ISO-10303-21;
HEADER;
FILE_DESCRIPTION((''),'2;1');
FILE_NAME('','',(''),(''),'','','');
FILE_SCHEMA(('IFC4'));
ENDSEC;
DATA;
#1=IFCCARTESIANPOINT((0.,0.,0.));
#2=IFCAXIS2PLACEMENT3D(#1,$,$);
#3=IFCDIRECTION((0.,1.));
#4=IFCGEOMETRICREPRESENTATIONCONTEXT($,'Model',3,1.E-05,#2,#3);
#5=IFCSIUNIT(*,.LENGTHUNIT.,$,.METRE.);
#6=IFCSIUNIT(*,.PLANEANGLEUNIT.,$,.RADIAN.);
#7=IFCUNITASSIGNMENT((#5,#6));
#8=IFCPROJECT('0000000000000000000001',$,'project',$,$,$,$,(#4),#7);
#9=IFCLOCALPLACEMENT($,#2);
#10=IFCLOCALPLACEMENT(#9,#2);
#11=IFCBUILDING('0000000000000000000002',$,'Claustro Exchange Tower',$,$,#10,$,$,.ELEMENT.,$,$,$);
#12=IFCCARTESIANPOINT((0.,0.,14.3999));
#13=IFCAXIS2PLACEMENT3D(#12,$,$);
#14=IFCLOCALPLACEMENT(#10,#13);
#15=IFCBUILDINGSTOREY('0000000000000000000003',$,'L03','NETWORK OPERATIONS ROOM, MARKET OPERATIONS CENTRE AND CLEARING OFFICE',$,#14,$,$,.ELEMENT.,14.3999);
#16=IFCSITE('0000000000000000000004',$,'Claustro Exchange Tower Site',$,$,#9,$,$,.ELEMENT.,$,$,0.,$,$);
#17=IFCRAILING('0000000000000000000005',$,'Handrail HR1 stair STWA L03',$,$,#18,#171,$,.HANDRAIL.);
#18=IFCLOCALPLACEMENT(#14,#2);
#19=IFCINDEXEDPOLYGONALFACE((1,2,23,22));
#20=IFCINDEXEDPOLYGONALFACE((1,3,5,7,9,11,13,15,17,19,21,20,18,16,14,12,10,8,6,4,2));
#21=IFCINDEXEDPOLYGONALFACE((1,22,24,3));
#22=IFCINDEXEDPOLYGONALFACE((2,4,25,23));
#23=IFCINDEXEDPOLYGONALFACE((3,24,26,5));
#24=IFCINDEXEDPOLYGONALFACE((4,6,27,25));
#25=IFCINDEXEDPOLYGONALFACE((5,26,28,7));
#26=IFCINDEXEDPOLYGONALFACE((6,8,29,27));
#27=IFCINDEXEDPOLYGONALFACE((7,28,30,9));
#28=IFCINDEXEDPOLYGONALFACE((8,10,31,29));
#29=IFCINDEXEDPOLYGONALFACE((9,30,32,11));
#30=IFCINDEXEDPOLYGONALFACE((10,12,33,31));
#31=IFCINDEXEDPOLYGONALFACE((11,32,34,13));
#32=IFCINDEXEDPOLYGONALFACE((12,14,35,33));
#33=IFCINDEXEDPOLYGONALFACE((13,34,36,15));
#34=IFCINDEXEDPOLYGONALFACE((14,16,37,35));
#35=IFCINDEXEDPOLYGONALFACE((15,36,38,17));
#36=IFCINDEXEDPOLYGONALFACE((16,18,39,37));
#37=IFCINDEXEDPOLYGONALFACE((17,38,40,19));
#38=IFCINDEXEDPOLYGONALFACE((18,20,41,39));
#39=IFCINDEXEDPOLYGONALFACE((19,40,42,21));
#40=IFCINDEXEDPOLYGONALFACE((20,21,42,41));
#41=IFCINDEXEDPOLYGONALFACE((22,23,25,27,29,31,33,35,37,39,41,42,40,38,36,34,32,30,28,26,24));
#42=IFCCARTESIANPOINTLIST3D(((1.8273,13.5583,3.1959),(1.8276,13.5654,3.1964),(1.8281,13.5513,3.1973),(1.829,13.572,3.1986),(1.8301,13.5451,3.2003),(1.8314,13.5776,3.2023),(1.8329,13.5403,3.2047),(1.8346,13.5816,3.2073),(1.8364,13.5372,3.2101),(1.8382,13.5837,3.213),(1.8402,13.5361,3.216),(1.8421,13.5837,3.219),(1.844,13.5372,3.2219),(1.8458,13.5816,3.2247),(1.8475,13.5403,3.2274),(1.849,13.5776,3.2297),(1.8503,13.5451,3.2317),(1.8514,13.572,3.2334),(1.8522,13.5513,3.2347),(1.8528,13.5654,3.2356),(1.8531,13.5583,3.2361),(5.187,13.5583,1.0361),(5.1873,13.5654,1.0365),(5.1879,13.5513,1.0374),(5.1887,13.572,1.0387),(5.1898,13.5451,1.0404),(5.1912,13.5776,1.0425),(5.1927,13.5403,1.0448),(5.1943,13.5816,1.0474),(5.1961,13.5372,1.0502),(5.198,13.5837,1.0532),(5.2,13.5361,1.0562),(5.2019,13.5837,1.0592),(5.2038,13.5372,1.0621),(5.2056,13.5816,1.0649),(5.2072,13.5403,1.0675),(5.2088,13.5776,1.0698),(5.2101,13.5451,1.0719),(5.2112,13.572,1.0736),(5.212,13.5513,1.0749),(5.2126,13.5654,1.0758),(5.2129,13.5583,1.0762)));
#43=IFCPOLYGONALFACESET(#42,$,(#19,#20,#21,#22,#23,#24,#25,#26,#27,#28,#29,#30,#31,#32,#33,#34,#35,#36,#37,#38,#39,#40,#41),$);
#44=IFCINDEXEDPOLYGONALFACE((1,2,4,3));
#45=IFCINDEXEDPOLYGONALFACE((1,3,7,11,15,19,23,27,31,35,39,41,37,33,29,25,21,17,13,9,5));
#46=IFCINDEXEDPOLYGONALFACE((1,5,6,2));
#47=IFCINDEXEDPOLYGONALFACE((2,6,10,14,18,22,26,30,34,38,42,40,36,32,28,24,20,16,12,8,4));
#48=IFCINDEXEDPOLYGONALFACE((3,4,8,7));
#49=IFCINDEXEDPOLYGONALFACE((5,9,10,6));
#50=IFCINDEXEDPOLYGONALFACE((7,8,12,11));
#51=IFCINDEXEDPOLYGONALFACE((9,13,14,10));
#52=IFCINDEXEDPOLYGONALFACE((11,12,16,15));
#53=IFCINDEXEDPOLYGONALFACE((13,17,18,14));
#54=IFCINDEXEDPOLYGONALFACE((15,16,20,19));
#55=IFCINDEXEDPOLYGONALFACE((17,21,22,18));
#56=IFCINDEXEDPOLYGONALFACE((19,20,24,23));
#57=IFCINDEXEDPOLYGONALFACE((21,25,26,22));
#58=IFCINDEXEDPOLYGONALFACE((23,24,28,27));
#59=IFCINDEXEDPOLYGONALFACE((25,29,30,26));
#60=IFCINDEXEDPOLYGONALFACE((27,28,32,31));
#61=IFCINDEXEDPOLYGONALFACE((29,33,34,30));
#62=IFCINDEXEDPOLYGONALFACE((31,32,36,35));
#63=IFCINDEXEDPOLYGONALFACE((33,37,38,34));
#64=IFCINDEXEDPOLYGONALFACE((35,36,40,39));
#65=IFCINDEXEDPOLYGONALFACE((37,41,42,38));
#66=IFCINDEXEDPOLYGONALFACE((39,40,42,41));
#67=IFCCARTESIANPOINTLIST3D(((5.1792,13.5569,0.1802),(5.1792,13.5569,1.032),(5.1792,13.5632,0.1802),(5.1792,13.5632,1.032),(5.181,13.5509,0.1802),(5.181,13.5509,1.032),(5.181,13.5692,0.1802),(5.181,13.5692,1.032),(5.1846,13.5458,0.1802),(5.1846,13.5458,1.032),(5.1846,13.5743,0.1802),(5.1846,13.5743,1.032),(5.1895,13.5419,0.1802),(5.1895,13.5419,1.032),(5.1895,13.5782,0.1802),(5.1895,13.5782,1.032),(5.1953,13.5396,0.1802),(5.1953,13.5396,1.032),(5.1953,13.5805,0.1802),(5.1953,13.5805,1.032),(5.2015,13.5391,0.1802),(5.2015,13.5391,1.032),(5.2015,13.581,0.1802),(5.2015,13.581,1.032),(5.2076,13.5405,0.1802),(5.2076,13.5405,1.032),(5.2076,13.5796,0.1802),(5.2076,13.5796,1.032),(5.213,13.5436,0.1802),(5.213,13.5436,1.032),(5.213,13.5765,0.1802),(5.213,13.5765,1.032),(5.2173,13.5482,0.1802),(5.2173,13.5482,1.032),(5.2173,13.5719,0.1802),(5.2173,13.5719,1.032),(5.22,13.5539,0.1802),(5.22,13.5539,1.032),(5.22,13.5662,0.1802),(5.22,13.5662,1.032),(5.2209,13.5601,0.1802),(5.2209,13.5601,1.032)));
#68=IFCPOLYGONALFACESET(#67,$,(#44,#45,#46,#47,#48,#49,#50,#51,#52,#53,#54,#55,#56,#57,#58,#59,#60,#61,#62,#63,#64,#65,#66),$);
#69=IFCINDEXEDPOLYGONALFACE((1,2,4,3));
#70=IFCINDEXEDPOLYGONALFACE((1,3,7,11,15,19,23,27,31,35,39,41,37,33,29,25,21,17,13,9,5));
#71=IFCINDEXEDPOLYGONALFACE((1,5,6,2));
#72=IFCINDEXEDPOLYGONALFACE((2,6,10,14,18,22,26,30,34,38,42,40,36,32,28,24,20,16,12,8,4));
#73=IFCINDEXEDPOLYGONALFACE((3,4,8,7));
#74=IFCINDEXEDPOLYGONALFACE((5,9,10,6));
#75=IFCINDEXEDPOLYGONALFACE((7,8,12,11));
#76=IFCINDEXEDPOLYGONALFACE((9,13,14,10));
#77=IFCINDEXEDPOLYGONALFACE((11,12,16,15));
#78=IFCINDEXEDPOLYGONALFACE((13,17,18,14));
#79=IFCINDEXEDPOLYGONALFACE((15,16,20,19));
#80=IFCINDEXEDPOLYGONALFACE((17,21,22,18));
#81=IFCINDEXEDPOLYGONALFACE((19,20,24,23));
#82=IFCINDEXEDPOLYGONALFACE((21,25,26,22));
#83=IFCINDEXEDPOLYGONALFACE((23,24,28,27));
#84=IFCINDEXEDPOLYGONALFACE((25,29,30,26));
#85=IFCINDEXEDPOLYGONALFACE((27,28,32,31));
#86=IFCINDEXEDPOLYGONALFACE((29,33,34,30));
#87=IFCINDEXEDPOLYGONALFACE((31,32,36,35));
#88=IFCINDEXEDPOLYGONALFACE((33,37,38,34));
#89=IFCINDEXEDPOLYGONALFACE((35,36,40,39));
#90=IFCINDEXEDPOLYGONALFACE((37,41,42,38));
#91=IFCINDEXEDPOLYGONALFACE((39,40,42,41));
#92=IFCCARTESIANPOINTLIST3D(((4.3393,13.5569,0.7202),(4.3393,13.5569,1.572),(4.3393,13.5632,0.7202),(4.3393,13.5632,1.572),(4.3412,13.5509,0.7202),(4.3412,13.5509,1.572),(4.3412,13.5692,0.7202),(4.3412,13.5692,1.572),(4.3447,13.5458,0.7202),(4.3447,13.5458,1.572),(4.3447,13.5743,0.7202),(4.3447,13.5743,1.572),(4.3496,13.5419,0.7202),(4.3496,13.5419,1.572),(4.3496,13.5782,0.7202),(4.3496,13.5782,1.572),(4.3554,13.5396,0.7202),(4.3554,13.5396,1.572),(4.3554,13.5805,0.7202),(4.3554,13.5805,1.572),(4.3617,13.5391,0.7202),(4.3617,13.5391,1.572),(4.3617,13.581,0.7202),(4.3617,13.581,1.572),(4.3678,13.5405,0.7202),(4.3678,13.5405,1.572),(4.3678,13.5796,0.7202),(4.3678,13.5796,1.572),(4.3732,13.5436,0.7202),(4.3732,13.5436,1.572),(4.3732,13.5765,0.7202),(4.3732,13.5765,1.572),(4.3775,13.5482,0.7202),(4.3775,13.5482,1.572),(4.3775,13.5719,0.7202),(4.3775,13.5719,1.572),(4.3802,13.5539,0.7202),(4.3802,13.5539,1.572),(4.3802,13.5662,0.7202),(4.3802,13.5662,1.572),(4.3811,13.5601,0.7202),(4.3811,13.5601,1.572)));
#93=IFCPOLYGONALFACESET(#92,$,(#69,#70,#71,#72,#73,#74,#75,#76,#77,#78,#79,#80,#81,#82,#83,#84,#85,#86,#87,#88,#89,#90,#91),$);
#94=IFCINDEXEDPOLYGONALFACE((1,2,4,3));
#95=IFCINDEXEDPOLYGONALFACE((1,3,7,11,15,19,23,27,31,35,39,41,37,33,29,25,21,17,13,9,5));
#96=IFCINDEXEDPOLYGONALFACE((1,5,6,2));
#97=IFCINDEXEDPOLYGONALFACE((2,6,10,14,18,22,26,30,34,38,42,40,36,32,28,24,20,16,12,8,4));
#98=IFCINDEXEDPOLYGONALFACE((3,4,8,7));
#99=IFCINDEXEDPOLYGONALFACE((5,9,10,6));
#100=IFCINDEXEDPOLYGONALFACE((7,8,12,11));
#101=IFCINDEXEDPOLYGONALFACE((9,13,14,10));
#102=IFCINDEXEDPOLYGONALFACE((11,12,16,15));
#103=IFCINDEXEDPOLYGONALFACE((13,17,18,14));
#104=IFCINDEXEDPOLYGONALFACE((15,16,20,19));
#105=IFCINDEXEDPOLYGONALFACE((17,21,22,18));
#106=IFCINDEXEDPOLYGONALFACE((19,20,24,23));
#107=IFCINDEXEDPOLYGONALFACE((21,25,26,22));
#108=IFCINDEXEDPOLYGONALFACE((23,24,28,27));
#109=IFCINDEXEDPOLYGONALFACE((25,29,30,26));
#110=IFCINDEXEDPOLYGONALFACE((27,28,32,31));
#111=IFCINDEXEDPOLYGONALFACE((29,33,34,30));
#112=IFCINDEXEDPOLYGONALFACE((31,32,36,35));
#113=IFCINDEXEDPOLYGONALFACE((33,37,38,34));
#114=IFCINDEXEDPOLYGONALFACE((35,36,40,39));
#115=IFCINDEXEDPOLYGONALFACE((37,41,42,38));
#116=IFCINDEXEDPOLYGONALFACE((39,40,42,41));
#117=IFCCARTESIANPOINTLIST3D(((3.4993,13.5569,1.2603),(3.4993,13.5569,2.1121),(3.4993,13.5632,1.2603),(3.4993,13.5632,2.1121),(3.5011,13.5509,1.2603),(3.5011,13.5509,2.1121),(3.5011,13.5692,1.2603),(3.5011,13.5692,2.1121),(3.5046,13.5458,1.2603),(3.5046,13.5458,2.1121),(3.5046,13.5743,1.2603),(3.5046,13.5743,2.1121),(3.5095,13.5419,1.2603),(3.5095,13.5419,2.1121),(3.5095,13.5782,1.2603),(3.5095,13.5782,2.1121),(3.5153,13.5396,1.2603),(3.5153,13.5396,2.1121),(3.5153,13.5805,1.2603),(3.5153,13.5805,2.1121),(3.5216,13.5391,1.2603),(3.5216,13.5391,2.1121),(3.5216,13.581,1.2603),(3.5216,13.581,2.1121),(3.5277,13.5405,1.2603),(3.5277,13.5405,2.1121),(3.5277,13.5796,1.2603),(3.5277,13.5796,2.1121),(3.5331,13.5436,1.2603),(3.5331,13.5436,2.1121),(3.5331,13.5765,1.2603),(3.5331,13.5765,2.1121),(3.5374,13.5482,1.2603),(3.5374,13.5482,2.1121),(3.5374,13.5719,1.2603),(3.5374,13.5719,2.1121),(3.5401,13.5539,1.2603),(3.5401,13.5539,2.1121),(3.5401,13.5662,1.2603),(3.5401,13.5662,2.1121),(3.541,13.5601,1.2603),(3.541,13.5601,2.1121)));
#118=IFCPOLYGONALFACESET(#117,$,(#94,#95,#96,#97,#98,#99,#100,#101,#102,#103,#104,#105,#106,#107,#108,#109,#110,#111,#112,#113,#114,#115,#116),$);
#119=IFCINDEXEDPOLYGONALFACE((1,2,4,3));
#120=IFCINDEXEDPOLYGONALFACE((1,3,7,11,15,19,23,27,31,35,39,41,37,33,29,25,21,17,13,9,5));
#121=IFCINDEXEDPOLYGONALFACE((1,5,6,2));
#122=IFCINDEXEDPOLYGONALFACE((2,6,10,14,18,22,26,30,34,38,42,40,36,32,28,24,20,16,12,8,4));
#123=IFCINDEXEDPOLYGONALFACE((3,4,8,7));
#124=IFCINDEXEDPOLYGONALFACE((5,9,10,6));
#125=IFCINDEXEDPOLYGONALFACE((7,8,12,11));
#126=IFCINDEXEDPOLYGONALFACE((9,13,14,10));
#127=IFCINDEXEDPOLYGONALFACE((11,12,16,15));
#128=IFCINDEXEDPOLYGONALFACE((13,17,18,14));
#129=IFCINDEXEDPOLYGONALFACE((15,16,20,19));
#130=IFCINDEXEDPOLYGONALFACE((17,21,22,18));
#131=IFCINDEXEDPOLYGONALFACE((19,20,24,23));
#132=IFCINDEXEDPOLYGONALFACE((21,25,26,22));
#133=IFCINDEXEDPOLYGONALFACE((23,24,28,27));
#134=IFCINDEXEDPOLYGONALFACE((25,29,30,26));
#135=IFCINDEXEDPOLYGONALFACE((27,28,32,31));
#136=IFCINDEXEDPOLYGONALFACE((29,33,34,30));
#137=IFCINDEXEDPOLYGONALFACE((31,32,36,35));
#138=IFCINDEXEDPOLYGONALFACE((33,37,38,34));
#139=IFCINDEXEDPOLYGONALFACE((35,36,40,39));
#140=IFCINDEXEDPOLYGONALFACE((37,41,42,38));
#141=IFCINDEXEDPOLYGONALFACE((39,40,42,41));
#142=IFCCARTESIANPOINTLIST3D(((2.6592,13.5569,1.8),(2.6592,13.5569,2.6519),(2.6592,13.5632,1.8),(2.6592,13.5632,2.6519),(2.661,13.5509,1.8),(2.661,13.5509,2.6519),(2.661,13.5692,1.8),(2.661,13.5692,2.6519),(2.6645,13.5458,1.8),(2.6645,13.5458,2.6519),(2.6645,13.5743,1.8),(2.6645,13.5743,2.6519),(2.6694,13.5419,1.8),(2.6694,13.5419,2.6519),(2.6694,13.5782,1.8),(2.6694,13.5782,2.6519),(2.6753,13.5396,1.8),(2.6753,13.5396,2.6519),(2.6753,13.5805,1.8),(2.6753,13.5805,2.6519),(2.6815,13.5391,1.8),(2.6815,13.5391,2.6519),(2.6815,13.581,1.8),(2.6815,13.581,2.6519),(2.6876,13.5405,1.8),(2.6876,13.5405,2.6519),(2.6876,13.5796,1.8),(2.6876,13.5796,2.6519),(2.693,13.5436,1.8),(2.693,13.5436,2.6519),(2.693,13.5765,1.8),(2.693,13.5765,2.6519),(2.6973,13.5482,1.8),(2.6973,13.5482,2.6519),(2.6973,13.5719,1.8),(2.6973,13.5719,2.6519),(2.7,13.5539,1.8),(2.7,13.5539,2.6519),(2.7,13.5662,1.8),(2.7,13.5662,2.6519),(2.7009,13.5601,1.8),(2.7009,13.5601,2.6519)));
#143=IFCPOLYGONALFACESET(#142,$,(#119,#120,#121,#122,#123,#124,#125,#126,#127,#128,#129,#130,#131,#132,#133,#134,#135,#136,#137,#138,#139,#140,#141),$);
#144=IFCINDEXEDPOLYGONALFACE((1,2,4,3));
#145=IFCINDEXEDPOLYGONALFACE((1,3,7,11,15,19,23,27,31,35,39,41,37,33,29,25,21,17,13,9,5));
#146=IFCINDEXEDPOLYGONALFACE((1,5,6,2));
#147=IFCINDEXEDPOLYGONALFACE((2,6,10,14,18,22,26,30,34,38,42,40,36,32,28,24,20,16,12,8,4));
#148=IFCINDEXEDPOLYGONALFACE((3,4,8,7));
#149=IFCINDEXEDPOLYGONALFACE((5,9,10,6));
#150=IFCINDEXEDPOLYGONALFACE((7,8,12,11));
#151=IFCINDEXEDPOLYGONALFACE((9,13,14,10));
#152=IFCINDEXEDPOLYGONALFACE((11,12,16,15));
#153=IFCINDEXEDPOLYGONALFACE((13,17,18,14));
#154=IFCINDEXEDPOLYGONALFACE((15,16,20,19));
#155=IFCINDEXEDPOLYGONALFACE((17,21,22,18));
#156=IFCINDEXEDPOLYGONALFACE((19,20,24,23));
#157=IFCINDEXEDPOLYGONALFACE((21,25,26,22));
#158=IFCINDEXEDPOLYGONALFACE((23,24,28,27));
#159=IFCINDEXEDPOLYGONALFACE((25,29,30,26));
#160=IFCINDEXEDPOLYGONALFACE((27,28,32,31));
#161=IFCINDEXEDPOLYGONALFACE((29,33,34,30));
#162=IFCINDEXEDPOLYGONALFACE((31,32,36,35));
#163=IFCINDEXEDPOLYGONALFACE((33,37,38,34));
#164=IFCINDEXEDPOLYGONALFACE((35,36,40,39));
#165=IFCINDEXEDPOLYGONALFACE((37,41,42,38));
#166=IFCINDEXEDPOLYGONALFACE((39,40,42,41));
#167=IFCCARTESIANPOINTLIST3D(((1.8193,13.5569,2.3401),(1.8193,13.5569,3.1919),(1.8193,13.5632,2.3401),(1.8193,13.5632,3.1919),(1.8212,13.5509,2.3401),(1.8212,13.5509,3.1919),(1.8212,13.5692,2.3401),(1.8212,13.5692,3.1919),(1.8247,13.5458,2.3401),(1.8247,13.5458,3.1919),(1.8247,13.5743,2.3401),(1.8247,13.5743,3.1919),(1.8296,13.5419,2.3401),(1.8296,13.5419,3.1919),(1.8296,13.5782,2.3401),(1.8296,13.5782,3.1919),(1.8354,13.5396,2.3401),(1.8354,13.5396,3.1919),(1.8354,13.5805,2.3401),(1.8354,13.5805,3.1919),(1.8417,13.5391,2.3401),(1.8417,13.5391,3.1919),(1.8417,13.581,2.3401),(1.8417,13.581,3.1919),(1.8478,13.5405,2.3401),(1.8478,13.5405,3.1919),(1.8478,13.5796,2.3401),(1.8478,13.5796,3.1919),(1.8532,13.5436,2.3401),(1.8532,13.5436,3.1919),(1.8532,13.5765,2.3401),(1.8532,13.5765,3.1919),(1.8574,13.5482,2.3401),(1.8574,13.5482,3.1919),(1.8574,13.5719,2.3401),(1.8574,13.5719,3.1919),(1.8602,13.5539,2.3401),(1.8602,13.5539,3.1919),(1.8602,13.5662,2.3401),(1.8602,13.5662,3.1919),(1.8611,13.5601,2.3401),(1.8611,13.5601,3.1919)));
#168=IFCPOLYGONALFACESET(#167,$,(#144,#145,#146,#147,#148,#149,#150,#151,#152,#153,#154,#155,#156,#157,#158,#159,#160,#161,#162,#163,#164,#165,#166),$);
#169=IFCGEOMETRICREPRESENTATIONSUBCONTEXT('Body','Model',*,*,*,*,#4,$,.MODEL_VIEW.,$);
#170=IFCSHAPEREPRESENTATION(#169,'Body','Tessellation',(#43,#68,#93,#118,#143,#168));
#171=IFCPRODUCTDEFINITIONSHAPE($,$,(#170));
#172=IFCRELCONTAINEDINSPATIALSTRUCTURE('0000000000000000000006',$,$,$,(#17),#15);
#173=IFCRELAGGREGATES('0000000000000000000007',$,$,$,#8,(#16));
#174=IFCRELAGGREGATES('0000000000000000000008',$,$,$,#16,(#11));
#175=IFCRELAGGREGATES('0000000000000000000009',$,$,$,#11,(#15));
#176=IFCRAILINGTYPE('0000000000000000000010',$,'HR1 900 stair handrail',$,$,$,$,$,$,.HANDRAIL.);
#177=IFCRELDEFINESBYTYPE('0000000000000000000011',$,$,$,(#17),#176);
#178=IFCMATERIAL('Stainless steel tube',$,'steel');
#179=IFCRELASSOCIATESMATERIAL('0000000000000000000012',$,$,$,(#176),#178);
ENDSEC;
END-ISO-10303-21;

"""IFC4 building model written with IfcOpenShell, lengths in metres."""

from ifc_helpers import new_model, si_unit, direction, frame, origin, origin_2d, place, context, subcontext, project, spatial, circle, extrude, material, type_object, element, save


model = new_model("IFC4")

# Units and contexts
model_context = context("Model", 3, precision=1e-05, world=origin(), true_north=direction((0.0, 1.0)))
body_context = subcontext(model_context, "Body", "Model", "MODEL_VIEW")
ifc_project = project(units=[si_unit("LENGTHUNIT", "METRE"), si_unit("PLANEANGLEUNIT", "RADIAN")], contexts=[model_context])

# Site, building, storey
site_placement = place(None, origin())
site = spatial("IfcSite", under=ifc_project, at=site_placement, Name="Claustro Exchange Tower Site", CompositionType="ELEMENT", RefElevation=0.0)
building_placement = place(site_placement, origin())
building = spatial("IfcBuilding", under=site, at=building_placement, Name="Claustro Exchange Tower", CompositionType="ELEMENT")
storey_placement = place(building_placement, frame((0.0, 0.0, 14.3999)))
storey = spatial("IfcBuildingStorey", under=building, at=storey_placement, Name="L03", Description="NETWORK OPERATIONS ROOM, MARKET OPERATIONS CENTRE AND CLEARING OFFICE", CompositionType="ELEMENT", Elevation=14.3999)

# Railing
ifc_material_1 = material(Name="Stainless steel tube", Category="steel")
railing_type_1 = type_object("IfcRailingType", Name="HR1 900 stair handrail", PredefinedType="HANDRAIL", material=ifc_material_1)
railing_1_placement = place(storey_placement, frame((5.2, 13.5601, 0.1802)))
element("IfcRailing", 1, at=railing_1_placement, inside=storey, type_object=railing_type_1, Name="Handrail HR1 stair STWA L03", PredefinedType="HANDRAIL", context=body_context, shape_type="SweptSolid", body=[
    extrude(circle(Radius=0.0239, at=origin_2d()), frame((0.0, 0.0, 0.876), z_axis=(-0.841178, 0.0, 0.540758), x_axis=(0.0, -1.0, 0.0)), (0.0, 0.0, 1.0), 3.9941),
    extrude(circle(Radius=0.021, at=origin_2d()), origin(), (0.0, 0.0, 1.0), 0.8518),
    extrude(circle(Radius=0.021, at=origin_2d()), frame((-0.8398, 0.0, 0.54)), (0.0, 0.0, 1.0), 0.8518),
    extrude(circle(Radius=0.021, at=origin_2d()), frame((-1.6799, 0.0, 1.0801)), (0.0, 0.0, 1.0), 0.8518),
    extrude(circle(Radius=0.021, at=origin_2d()), frame((-2.52, 0.0, 1.6199)), (0.0, 0.0, 1.0), 0.8518),
    extrude(circle(Radius=0.021, at=origin_2d()), frame((-3.3599, 0.0, 2.1599)), (0.0, 0.0, 1.0), 0.8518),
])

save(model, "model.ifc")
